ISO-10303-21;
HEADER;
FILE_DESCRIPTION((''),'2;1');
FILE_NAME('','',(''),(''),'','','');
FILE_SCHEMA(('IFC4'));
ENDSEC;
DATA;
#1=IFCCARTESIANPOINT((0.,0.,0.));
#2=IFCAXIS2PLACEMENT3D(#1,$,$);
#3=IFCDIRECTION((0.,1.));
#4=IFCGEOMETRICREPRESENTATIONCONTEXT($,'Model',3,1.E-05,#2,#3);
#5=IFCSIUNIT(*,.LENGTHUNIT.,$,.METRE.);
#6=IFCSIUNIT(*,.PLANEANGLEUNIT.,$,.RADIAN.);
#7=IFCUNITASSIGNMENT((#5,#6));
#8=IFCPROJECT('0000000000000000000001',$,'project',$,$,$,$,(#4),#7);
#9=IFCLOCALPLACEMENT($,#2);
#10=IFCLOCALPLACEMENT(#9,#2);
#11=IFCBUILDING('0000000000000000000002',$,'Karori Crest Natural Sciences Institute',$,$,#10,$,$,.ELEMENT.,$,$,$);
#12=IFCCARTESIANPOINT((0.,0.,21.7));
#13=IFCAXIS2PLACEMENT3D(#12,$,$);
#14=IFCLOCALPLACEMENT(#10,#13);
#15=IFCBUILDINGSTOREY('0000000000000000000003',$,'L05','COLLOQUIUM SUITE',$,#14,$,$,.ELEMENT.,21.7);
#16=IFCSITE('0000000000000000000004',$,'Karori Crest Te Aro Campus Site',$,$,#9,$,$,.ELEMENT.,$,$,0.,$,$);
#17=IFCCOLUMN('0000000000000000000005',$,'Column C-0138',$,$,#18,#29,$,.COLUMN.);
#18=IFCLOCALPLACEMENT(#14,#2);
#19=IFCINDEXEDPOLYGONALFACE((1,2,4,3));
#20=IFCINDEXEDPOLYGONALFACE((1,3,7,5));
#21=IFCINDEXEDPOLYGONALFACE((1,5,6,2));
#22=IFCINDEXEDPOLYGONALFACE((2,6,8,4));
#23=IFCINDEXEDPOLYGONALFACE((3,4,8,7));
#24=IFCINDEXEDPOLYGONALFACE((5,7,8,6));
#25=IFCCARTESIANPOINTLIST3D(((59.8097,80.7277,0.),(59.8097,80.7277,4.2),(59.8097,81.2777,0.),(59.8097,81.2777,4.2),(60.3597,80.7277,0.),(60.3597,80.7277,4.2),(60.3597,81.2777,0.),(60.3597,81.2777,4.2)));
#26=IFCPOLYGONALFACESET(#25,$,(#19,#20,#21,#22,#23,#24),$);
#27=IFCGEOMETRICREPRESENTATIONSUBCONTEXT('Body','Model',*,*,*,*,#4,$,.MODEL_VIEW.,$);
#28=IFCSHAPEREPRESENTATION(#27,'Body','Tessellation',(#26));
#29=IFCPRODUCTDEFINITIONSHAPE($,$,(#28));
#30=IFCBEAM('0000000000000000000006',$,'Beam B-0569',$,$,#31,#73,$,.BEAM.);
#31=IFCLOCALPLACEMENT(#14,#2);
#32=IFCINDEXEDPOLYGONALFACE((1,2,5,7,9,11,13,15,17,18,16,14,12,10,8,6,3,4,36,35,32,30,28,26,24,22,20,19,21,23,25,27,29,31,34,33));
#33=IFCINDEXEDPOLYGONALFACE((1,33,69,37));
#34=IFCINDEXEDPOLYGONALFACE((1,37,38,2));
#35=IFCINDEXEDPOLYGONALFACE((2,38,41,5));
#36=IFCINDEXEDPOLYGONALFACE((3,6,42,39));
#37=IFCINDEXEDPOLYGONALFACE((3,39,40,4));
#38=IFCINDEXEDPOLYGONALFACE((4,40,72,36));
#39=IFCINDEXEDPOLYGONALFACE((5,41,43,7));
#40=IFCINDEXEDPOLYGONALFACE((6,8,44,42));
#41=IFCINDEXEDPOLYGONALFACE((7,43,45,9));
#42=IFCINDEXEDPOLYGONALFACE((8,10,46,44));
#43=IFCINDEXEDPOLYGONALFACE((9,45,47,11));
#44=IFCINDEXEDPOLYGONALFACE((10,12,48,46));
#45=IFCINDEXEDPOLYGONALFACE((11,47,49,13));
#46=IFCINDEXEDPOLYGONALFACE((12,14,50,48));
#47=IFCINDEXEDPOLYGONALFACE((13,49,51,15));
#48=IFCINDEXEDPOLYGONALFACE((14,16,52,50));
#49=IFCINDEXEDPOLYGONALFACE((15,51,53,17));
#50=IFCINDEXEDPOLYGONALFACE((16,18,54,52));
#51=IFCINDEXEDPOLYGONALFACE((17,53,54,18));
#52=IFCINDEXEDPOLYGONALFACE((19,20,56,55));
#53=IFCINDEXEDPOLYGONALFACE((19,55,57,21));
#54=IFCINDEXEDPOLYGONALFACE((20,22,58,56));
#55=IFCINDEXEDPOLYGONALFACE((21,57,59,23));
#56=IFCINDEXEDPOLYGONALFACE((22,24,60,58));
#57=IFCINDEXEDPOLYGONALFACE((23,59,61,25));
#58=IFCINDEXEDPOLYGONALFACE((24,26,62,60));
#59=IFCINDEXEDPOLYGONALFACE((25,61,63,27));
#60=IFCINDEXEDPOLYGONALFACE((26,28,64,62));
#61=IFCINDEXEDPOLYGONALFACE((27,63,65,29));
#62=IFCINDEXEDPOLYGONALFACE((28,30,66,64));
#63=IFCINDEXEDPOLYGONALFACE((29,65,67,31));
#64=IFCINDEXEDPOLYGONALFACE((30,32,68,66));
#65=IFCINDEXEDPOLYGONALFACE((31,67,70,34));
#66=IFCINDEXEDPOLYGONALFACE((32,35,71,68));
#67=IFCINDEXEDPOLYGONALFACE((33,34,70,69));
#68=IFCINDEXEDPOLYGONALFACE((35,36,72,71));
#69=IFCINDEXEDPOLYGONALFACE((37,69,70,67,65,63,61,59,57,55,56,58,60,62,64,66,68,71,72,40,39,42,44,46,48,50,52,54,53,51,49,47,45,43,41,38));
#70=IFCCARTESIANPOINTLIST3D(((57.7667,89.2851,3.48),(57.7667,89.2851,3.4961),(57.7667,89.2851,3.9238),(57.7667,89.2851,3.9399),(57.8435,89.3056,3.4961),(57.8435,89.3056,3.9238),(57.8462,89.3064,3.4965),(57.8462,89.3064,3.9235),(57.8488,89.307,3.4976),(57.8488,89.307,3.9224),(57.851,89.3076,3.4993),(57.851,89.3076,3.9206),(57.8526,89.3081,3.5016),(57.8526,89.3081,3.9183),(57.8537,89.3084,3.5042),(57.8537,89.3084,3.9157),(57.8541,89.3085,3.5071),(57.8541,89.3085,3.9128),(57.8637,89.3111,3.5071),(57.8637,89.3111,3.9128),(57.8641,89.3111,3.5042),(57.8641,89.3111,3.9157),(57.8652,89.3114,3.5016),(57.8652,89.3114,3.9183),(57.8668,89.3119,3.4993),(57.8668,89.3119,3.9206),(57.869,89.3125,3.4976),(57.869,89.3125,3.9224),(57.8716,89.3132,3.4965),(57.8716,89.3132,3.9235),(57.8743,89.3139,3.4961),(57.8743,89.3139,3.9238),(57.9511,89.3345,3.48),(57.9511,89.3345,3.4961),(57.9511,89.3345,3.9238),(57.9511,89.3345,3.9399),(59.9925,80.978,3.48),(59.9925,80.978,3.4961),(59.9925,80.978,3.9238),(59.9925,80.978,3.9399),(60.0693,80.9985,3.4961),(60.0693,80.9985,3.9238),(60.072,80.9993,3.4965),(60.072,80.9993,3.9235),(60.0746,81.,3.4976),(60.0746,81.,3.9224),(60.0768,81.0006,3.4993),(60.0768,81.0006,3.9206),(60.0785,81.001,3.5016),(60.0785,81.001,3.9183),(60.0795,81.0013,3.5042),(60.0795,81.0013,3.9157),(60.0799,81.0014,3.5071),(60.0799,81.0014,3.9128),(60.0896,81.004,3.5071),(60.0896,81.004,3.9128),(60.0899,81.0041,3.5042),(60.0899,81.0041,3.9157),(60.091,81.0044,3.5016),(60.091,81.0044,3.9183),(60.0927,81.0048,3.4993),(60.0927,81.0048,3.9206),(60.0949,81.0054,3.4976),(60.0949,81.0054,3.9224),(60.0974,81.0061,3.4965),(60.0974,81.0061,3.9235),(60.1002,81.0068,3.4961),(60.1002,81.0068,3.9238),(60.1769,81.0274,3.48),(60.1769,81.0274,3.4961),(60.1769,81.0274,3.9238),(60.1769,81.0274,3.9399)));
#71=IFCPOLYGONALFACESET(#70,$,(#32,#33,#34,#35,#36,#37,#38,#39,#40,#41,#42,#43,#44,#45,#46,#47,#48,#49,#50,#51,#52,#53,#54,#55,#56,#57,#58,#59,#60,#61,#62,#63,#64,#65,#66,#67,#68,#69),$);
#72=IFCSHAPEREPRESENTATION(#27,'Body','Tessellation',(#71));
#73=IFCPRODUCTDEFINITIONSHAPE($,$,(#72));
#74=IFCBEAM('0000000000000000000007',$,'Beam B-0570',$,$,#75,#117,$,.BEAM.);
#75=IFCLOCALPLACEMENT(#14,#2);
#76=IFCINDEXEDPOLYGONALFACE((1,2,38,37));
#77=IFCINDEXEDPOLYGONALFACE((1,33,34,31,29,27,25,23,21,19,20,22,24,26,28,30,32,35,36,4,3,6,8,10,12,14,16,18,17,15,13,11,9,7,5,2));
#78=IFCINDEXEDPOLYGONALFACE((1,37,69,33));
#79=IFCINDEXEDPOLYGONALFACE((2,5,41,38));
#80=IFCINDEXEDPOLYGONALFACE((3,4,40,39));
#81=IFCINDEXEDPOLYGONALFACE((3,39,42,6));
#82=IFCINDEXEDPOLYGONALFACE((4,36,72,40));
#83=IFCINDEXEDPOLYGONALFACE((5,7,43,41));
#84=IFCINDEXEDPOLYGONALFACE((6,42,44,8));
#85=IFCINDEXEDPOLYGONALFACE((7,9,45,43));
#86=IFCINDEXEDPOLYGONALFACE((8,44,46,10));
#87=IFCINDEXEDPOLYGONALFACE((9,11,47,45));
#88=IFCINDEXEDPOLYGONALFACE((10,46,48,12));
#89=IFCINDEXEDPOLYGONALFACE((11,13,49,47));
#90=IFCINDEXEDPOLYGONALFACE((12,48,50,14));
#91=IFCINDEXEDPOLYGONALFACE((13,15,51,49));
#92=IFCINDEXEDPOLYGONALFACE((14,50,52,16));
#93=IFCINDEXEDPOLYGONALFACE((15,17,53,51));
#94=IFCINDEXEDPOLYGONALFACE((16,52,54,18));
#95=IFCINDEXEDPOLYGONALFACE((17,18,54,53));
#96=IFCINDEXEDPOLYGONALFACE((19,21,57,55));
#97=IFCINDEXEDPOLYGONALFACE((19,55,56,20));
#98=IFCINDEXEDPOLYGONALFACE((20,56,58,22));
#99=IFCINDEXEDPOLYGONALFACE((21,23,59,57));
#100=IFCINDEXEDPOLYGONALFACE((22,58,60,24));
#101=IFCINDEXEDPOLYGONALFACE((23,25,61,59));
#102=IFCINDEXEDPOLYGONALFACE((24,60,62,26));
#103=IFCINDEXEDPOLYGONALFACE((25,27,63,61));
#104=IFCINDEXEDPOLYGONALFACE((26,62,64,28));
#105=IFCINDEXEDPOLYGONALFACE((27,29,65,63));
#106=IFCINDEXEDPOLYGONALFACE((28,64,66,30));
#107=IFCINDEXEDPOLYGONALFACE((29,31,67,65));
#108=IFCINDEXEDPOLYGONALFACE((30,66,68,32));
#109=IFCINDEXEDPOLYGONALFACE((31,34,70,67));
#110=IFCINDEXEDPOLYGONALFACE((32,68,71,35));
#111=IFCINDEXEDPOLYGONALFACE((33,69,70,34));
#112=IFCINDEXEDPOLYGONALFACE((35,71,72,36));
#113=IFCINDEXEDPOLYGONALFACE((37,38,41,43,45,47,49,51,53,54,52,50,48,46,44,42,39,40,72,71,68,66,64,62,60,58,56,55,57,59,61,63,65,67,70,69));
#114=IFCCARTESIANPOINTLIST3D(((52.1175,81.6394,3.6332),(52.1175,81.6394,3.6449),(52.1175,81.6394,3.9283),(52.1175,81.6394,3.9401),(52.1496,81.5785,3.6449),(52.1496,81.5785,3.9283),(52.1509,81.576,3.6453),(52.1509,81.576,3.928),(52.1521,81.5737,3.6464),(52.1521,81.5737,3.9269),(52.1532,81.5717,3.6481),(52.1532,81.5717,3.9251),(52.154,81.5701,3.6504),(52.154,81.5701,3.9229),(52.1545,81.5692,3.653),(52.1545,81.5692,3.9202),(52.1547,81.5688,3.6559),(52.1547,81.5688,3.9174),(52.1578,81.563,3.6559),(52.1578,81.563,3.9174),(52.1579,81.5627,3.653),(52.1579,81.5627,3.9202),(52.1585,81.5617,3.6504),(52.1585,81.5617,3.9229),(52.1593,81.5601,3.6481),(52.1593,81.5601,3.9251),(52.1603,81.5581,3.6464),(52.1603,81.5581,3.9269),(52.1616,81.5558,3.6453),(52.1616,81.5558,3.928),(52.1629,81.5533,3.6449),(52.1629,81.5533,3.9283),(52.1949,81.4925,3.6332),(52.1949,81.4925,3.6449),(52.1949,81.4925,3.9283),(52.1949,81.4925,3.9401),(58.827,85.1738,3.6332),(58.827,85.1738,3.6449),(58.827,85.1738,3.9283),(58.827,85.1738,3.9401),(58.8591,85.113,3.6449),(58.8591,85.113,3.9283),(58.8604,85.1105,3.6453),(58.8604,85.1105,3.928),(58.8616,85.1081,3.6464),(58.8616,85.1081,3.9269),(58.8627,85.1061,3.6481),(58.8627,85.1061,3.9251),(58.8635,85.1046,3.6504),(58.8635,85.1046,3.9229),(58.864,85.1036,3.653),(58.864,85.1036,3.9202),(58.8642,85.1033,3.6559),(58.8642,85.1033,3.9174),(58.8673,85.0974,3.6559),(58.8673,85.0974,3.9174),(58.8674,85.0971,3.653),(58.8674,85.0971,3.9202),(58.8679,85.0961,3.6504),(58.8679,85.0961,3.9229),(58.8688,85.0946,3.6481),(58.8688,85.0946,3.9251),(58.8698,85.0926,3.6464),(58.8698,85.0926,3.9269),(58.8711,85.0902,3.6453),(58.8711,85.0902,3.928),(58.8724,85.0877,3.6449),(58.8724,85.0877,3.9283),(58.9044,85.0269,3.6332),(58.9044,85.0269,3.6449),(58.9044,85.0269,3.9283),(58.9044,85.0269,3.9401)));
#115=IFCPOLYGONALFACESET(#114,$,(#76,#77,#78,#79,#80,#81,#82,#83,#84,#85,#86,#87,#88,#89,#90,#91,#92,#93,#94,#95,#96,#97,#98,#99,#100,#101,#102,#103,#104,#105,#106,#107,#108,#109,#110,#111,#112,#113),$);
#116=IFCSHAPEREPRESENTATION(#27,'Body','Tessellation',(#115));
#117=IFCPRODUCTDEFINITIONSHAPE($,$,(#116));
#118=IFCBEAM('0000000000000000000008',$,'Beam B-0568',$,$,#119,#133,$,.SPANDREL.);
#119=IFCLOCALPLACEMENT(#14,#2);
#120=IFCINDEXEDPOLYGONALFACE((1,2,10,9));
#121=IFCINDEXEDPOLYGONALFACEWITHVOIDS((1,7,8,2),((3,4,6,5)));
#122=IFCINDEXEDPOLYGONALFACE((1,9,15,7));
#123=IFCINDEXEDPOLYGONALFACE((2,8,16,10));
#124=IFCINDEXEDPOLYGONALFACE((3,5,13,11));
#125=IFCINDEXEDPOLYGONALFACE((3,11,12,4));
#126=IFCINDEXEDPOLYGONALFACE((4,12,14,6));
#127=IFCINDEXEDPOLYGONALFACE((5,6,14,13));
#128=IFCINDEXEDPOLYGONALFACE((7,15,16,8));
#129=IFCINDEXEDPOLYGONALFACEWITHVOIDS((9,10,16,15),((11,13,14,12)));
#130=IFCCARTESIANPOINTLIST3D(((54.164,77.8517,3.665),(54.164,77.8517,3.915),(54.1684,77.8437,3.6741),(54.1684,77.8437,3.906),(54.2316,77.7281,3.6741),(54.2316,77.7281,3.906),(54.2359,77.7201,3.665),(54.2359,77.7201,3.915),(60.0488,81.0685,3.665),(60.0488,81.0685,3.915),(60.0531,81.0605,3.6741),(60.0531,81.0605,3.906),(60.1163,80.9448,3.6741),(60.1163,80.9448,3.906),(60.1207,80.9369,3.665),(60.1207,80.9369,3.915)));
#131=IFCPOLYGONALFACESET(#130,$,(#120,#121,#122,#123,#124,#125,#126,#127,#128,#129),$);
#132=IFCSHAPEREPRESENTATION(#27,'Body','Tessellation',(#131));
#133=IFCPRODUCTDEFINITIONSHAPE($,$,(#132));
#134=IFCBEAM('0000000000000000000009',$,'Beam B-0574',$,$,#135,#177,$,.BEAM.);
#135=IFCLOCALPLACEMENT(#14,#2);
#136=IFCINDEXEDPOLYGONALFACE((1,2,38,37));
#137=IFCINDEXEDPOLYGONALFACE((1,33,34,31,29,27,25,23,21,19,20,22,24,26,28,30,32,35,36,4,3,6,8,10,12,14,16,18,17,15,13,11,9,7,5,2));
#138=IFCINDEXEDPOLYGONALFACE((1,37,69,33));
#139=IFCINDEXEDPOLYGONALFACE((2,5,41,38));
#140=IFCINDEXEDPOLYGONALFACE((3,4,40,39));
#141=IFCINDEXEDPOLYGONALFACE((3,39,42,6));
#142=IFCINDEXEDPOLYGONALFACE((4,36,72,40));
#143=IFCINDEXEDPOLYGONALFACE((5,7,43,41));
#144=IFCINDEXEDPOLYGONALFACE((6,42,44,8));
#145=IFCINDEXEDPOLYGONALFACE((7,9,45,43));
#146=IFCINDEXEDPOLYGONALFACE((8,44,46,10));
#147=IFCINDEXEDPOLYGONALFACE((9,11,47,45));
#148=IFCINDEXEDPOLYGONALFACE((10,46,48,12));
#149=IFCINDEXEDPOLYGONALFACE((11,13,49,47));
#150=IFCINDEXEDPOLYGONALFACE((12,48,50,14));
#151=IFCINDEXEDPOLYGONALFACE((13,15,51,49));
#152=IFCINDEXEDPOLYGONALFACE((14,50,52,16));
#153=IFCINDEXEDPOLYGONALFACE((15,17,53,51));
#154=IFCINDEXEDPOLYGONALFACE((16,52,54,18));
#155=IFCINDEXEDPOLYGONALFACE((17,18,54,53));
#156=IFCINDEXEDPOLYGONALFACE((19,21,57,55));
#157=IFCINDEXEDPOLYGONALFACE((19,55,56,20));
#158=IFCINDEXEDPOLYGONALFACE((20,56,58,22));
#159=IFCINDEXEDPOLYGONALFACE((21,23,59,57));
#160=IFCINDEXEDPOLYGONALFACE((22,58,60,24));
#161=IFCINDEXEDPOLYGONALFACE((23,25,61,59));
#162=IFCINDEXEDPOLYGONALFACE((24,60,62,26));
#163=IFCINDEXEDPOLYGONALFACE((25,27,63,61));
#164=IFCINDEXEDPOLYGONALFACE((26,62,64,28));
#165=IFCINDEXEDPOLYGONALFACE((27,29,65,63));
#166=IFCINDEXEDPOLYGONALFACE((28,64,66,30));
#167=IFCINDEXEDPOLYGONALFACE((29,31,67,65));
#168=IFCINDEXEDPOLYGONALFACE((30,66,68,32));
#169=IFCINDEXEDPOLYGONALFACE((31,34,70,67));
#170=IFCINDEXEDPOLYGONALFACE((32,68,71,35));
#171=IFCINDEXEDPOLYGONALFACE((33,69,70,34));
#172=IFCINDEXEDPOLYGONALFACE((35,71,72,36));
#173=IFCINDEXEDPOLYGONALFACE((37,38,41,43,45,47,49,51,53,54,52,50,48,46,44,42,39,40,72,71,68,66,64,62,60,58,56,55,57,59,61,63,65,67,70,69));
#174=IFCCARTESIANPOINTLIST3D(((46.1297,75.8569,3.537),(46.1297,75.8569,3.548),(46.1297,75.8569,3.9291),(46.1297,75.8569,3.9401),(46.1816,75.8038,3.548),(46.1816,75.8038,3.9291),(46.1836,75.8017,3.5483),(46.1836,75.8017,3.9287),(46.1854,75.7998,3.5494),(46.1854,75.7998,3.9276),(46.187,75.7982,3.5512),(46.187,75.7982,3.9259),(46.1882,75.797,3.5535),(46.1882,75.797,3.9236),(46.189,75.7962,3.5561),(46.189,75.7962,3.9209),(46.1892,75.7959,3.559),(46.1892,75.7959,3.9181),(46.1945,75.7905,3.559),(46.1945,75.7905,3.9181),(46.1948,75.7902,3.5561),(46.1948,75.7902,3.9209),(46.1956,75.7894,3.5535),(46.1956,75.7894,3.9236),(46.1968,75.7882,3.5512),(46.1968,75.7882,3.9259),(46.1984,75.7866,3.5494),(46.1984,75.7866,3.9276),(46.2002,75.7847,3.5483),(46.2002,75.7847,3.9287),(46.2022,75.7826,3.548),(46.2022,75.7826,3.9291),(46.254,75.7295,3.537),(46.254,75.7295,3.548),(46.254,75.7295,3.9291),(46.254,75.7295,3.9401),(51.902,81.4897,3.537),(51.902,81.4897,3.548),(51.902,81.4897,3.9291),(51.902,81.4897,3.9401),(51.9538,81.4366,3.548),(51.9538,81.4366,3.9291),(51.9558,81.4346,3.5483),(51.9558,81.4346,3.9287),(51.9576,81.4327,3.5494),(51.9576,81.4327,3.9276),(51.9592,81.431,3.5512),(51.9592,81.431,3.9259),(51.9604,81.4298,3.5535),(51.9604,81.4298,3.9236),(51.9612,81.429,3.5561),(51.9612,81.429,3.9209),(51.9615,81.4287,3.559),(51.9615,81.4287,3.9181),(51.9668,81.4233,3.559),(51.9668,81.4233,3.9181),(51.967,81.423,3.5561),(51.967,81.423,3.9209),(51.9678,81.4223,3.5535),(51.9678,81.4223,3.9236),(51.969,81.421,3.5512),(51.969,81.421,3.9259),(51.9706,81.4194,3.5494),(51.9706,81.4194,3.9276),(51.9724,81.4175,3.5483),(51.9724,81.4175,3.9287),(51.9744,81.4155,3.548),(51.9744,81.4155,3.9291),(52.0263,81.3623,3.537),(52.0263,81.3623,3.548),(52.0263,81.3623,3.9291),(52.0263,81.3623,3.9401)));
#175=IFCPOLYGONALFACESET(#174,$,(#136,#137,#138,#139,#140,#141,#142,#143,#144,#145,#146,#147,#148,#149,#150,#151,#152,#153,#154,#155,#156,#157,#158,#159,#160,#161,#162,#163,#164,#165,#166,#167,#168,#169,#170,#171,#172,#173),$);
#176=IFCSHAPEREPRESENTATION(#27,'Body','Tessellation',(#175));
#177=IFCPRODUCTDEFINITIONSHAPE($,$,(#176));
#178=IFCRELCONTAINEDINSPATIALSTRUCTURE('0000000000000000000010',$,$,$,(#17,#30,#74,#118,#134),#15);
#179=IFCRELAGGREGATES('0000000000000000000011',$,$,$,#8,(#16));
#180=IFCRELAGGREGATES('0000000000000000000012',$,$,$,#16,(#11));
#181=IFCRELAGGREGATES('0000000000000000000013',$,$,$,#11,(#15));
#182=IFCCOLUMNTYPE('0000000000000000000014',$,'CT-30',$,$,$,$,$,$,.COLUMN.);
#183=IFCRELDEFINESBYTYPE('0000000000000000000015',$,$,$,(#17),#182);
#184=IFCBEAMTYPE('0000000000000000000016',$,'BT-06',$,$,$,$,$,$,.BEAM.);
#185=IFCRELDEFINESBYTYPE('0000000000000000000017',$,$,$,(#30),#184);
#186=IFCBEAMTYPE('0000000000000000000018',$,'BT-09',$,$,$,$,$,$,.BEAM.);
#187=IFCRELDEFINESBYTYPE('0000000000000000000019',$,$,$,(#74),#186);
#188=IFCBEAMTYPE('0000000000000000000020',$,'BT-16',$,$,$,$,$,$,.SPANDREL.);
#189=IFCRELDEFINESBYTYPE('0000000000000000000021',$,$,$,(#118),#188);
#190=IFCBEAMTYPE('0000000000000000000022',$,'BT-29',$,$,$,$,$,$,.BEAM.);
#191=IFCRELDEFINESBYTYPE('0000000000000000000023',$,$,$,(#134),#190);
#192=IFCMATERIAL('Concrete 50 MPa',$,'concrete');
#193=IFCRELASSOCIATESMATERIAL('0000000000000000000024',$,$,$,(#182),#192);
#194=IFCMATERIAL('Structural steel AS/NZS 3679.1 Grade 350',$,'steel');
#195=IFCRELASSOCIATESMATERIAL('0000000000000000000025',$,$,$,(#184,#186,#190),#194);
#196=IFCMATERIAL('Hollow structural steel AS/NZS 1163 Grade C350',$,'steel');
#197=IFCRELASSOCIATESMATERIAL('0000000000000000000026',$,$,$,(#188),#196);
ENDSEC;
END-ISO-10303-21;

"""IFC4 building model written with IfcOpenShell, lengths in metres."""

from ifc_helpers import new_model, si_unit, direction, frame, origin, origin_2d, place, context, subcontext, project, spatial, rectangle, hollow_rectangle, i_section, extrude, material, material_profile, profile_set, type_object, element, save


model = new_model("IFC4")

# Units and contexts
model_context = context("Model", 3, precision=1e-05, world=origin(), true_north=direction((0.0, 1.0)))
body_context = subcontext(model_context, "Body", "Model", "MODEL_VIEW")
ifc_project = project(units=[si_unit("LENGTHUNIT", "METRE"), si_unit("PLANEANGLEUNIT", "RADIAN")], contexts=[model_context])

# Site, building, storey
site_placement = place(None, origin())
site = spatial("IfcSite", under=ifc_project, at=site_placement, Name="Karori Crest Te Aro Campus Site", CompositionType="ELEMENT", RefElevation=0.0)
building_placement = place(site_placement, origin())
building = spatial("IfcBuilding", under=site, at=building_placement, Name="Karori Crest Natural Sciences Institute", CompositionType="ELEMENT")
storey_placement = place(building_placement, frame((0.0, 0.0, 21.7)))
storey = spatial("IfcBuildingStorey", under=building, at=storey_placement, Name="L05", Description="COLLOQUIUM SUITE", CompositionType="ELEMENT", Elevation=21.7)

# Column
ifc_material_1 = material(Name="Concrete 50 MPa", Category="concrete")
ifc_material_profile_1 = material_profile(ifc_material_1, rectangle(XDim=0.55, YDim=0.55, at=origin_2d()), Name="RC550x550")
ifc_profile_set_1 = profile_set([ifc_material_profile_1], Name="Concrete 50 MPa")
column_type = type_object("IfcColumnType", Name="CT-30", PredefinedType="COLUMN", material=ifc_profile_set_1)
column_placement = place(storey_placement, frame((60.0847, 81.0027, 0.0), z_axis=(0.0, 0.0, 1.0), x_axis=(1.0, 0.0, 0.0)))
element("IfcColumn", 1, at=column_placement, inside=storey, type_object=column_type, Name="Column C-0138", PredefinedType="COLUMN", context=body_context, shape_type="SweptSolid", body=[
    extrude(rectangle(XDim=0.55, YDim=0.55, at=origin_2d()), origin(), (0.0, 0.0, 1.0), 4.2),
])

# Beams
ifc_material_2 = material(Name="Structural steel AS/NZS 3679.1 Grade 350", Category="steel")
ifc_material_profile_2 = material_profile(ifc_material_2, i_section(OverallWidth=0.1909, OverallDepth=0.46, WebThickness=0.01, FlangeThickness=0.0161, FilletRadius=0.011, at=origin_2d()), Name="460UB82.1")
ifc_profile_set_2 = profile_set([ifc_material_profile_2], Name="Structural steel AS/NZS 3679.1 Grade 350")
beam_type_1 = type_object("IfcBeamType", Name="BT-06", PredefinedType="BEAM", material=ifc_profile_set_2)
beam_1_placement = place(storey_placement, frame((60.0847, 81.0027, 3.71), z_axis=(-0.258813, 0.965928, 0.0), x_axis=(-0.965928, -0.258813, 0.0)))
element("IfcBeam", 2, at=beam_1_placement, inside=storey, type_object=beam_type_1, Name="Beam B-0569", PredefinedType="BEAM", context=body_context, shape_type="SweptSolid", body=[
    extrude(i_section(OverallWidth=0.1909, OverallDepth=0.46, WebThickness=0.01, FlangeThickness=0.0161, FilletRadius=0.011, at=origin_2d()), origin(), (0.0, 0.0, 1.0), 8.6001),
])
ifc_material_profile_3 = material_profile(ifc_material_2, i_section(OverallWidth=0.166, OverallDepth=0.3069, WebThickness=0.0066, FlangeThickness=0.0117, FilletRadius=0.011, at=origin_2d()), Name="310UB46.2")
ifc_profile_set_3 = profile_set([ifc_material_profile_3], Name="Structural steel AS/NZS 3679.1 Grade 350")
beam_type_2 = type_object("IfcBeamType", Name="BT-09", PredefinedType="BEAM", material=ifc_profile_set_3)
beam_2_placement = place(storey_placement, frame((58.8657, 85.1003, 3.7866), z_axis=(-0.884748, -0.466069, 0.0), x_axis=(0.466069, -0.884748, 0.0)))
element("IfcBeam", 3, at=beam_2_placement, inside=storey, type_object=beam_type_2, Name="Beam B-0570", PredefinedType="BEAM", context=body_context, shape_type="SweptSolid", body=[
    extrude(i_section(OverallWidth=0.166, OverallDepth=0.3069, WebThickness=0.0066, FlangeThickness=0.0117, FilletRadius=0.011, at=origin_2d()), origin(), (0.0, 0.0, 1.0), 7.5835),
])
ifc_material_3 = material(Name="Hollow structural steel AS/NZS 1163 Grade C350", Category="steel")
ifc_material_profile_4 = material_profile(ifc_material_3, hollow_rectangle(XDim=0.1499, YDim=0.25, WallThickness=0.009, at=origin_2d()), Name="RHS250x150x9")
ifc_profile_set_4 = profile_set([ifc_material_profile_4], Name="Hollow structural steel AS/NZS 1163 Grade C350")
beam_type_3 = type_object("IfcBeamType", Name="BT-16", PredefinedType="SPANDREL", material=ifc_profile_set_4)
beam_3_placement = place(storey_placement, frame((60.0847, 81.0027, 3.79), z_axis=(-0.877461, -0.479648, 0.0), x_axis=(0.479648, -0.877461, 0.0)))
element("IfcBeam", 4, at=beam_3_placement, inside=storey, type_object=beam_type_3, Name="Beam B-0568", PredefinedType="SPANDREL", context=body_context, shape_type="SweptSolid", body=[
    extrude(hollow_rectangle(XDim=0.1499, YDim=0.25, WallThickness=0.009, at=origin_2d()), origin(), (0.0, 0.0, 1.0), 6.7065),
])
ifc_material_profile_5 = material_profile(ifc_material_2, i_section(OverallWidth=0.178, OverallDepth=0.4031, WebThickness=0.0076, FlangeThickness=0.011, FilletRadius=0.011, at=origin_2d()), Name="410UB53.7")
ifc_profile_set_5 = profile_set([ifc_material_profile_5], Name="Structural steel AS/NZS 3679.1 Grade 350")
beam_type_4 = type_object("IfcBeamType", Name="BT-29", PredefinedType="BEAM", material=ifc_profile_set_5)
beam_4_placement = place(storey_placement, frame((51.9641, 81.426, 3.7385), z_axis=(-0.715696, -0.698412, 0.0), x_axis=(0.698412, -0.715696, 0.0)))
element("IfcBeam", 5, at=beam_4_placement, inside=storey, type_object=beam_type_4, Name="Beam B-0574", PredefinedType="BEAM", context=body_context, shape_type="SweptSolid", body=[
    extrude(i_section(OverallWidth=0.178, OverallDepth=0.4031, WebThickness=0.0076, FlangeThickness=0.011, FilletRadius=0.011, at=origin_2d()), origin(), (0.0, 0.0, 1.0), 8.0652),
])

save(model, "model.ifc")
